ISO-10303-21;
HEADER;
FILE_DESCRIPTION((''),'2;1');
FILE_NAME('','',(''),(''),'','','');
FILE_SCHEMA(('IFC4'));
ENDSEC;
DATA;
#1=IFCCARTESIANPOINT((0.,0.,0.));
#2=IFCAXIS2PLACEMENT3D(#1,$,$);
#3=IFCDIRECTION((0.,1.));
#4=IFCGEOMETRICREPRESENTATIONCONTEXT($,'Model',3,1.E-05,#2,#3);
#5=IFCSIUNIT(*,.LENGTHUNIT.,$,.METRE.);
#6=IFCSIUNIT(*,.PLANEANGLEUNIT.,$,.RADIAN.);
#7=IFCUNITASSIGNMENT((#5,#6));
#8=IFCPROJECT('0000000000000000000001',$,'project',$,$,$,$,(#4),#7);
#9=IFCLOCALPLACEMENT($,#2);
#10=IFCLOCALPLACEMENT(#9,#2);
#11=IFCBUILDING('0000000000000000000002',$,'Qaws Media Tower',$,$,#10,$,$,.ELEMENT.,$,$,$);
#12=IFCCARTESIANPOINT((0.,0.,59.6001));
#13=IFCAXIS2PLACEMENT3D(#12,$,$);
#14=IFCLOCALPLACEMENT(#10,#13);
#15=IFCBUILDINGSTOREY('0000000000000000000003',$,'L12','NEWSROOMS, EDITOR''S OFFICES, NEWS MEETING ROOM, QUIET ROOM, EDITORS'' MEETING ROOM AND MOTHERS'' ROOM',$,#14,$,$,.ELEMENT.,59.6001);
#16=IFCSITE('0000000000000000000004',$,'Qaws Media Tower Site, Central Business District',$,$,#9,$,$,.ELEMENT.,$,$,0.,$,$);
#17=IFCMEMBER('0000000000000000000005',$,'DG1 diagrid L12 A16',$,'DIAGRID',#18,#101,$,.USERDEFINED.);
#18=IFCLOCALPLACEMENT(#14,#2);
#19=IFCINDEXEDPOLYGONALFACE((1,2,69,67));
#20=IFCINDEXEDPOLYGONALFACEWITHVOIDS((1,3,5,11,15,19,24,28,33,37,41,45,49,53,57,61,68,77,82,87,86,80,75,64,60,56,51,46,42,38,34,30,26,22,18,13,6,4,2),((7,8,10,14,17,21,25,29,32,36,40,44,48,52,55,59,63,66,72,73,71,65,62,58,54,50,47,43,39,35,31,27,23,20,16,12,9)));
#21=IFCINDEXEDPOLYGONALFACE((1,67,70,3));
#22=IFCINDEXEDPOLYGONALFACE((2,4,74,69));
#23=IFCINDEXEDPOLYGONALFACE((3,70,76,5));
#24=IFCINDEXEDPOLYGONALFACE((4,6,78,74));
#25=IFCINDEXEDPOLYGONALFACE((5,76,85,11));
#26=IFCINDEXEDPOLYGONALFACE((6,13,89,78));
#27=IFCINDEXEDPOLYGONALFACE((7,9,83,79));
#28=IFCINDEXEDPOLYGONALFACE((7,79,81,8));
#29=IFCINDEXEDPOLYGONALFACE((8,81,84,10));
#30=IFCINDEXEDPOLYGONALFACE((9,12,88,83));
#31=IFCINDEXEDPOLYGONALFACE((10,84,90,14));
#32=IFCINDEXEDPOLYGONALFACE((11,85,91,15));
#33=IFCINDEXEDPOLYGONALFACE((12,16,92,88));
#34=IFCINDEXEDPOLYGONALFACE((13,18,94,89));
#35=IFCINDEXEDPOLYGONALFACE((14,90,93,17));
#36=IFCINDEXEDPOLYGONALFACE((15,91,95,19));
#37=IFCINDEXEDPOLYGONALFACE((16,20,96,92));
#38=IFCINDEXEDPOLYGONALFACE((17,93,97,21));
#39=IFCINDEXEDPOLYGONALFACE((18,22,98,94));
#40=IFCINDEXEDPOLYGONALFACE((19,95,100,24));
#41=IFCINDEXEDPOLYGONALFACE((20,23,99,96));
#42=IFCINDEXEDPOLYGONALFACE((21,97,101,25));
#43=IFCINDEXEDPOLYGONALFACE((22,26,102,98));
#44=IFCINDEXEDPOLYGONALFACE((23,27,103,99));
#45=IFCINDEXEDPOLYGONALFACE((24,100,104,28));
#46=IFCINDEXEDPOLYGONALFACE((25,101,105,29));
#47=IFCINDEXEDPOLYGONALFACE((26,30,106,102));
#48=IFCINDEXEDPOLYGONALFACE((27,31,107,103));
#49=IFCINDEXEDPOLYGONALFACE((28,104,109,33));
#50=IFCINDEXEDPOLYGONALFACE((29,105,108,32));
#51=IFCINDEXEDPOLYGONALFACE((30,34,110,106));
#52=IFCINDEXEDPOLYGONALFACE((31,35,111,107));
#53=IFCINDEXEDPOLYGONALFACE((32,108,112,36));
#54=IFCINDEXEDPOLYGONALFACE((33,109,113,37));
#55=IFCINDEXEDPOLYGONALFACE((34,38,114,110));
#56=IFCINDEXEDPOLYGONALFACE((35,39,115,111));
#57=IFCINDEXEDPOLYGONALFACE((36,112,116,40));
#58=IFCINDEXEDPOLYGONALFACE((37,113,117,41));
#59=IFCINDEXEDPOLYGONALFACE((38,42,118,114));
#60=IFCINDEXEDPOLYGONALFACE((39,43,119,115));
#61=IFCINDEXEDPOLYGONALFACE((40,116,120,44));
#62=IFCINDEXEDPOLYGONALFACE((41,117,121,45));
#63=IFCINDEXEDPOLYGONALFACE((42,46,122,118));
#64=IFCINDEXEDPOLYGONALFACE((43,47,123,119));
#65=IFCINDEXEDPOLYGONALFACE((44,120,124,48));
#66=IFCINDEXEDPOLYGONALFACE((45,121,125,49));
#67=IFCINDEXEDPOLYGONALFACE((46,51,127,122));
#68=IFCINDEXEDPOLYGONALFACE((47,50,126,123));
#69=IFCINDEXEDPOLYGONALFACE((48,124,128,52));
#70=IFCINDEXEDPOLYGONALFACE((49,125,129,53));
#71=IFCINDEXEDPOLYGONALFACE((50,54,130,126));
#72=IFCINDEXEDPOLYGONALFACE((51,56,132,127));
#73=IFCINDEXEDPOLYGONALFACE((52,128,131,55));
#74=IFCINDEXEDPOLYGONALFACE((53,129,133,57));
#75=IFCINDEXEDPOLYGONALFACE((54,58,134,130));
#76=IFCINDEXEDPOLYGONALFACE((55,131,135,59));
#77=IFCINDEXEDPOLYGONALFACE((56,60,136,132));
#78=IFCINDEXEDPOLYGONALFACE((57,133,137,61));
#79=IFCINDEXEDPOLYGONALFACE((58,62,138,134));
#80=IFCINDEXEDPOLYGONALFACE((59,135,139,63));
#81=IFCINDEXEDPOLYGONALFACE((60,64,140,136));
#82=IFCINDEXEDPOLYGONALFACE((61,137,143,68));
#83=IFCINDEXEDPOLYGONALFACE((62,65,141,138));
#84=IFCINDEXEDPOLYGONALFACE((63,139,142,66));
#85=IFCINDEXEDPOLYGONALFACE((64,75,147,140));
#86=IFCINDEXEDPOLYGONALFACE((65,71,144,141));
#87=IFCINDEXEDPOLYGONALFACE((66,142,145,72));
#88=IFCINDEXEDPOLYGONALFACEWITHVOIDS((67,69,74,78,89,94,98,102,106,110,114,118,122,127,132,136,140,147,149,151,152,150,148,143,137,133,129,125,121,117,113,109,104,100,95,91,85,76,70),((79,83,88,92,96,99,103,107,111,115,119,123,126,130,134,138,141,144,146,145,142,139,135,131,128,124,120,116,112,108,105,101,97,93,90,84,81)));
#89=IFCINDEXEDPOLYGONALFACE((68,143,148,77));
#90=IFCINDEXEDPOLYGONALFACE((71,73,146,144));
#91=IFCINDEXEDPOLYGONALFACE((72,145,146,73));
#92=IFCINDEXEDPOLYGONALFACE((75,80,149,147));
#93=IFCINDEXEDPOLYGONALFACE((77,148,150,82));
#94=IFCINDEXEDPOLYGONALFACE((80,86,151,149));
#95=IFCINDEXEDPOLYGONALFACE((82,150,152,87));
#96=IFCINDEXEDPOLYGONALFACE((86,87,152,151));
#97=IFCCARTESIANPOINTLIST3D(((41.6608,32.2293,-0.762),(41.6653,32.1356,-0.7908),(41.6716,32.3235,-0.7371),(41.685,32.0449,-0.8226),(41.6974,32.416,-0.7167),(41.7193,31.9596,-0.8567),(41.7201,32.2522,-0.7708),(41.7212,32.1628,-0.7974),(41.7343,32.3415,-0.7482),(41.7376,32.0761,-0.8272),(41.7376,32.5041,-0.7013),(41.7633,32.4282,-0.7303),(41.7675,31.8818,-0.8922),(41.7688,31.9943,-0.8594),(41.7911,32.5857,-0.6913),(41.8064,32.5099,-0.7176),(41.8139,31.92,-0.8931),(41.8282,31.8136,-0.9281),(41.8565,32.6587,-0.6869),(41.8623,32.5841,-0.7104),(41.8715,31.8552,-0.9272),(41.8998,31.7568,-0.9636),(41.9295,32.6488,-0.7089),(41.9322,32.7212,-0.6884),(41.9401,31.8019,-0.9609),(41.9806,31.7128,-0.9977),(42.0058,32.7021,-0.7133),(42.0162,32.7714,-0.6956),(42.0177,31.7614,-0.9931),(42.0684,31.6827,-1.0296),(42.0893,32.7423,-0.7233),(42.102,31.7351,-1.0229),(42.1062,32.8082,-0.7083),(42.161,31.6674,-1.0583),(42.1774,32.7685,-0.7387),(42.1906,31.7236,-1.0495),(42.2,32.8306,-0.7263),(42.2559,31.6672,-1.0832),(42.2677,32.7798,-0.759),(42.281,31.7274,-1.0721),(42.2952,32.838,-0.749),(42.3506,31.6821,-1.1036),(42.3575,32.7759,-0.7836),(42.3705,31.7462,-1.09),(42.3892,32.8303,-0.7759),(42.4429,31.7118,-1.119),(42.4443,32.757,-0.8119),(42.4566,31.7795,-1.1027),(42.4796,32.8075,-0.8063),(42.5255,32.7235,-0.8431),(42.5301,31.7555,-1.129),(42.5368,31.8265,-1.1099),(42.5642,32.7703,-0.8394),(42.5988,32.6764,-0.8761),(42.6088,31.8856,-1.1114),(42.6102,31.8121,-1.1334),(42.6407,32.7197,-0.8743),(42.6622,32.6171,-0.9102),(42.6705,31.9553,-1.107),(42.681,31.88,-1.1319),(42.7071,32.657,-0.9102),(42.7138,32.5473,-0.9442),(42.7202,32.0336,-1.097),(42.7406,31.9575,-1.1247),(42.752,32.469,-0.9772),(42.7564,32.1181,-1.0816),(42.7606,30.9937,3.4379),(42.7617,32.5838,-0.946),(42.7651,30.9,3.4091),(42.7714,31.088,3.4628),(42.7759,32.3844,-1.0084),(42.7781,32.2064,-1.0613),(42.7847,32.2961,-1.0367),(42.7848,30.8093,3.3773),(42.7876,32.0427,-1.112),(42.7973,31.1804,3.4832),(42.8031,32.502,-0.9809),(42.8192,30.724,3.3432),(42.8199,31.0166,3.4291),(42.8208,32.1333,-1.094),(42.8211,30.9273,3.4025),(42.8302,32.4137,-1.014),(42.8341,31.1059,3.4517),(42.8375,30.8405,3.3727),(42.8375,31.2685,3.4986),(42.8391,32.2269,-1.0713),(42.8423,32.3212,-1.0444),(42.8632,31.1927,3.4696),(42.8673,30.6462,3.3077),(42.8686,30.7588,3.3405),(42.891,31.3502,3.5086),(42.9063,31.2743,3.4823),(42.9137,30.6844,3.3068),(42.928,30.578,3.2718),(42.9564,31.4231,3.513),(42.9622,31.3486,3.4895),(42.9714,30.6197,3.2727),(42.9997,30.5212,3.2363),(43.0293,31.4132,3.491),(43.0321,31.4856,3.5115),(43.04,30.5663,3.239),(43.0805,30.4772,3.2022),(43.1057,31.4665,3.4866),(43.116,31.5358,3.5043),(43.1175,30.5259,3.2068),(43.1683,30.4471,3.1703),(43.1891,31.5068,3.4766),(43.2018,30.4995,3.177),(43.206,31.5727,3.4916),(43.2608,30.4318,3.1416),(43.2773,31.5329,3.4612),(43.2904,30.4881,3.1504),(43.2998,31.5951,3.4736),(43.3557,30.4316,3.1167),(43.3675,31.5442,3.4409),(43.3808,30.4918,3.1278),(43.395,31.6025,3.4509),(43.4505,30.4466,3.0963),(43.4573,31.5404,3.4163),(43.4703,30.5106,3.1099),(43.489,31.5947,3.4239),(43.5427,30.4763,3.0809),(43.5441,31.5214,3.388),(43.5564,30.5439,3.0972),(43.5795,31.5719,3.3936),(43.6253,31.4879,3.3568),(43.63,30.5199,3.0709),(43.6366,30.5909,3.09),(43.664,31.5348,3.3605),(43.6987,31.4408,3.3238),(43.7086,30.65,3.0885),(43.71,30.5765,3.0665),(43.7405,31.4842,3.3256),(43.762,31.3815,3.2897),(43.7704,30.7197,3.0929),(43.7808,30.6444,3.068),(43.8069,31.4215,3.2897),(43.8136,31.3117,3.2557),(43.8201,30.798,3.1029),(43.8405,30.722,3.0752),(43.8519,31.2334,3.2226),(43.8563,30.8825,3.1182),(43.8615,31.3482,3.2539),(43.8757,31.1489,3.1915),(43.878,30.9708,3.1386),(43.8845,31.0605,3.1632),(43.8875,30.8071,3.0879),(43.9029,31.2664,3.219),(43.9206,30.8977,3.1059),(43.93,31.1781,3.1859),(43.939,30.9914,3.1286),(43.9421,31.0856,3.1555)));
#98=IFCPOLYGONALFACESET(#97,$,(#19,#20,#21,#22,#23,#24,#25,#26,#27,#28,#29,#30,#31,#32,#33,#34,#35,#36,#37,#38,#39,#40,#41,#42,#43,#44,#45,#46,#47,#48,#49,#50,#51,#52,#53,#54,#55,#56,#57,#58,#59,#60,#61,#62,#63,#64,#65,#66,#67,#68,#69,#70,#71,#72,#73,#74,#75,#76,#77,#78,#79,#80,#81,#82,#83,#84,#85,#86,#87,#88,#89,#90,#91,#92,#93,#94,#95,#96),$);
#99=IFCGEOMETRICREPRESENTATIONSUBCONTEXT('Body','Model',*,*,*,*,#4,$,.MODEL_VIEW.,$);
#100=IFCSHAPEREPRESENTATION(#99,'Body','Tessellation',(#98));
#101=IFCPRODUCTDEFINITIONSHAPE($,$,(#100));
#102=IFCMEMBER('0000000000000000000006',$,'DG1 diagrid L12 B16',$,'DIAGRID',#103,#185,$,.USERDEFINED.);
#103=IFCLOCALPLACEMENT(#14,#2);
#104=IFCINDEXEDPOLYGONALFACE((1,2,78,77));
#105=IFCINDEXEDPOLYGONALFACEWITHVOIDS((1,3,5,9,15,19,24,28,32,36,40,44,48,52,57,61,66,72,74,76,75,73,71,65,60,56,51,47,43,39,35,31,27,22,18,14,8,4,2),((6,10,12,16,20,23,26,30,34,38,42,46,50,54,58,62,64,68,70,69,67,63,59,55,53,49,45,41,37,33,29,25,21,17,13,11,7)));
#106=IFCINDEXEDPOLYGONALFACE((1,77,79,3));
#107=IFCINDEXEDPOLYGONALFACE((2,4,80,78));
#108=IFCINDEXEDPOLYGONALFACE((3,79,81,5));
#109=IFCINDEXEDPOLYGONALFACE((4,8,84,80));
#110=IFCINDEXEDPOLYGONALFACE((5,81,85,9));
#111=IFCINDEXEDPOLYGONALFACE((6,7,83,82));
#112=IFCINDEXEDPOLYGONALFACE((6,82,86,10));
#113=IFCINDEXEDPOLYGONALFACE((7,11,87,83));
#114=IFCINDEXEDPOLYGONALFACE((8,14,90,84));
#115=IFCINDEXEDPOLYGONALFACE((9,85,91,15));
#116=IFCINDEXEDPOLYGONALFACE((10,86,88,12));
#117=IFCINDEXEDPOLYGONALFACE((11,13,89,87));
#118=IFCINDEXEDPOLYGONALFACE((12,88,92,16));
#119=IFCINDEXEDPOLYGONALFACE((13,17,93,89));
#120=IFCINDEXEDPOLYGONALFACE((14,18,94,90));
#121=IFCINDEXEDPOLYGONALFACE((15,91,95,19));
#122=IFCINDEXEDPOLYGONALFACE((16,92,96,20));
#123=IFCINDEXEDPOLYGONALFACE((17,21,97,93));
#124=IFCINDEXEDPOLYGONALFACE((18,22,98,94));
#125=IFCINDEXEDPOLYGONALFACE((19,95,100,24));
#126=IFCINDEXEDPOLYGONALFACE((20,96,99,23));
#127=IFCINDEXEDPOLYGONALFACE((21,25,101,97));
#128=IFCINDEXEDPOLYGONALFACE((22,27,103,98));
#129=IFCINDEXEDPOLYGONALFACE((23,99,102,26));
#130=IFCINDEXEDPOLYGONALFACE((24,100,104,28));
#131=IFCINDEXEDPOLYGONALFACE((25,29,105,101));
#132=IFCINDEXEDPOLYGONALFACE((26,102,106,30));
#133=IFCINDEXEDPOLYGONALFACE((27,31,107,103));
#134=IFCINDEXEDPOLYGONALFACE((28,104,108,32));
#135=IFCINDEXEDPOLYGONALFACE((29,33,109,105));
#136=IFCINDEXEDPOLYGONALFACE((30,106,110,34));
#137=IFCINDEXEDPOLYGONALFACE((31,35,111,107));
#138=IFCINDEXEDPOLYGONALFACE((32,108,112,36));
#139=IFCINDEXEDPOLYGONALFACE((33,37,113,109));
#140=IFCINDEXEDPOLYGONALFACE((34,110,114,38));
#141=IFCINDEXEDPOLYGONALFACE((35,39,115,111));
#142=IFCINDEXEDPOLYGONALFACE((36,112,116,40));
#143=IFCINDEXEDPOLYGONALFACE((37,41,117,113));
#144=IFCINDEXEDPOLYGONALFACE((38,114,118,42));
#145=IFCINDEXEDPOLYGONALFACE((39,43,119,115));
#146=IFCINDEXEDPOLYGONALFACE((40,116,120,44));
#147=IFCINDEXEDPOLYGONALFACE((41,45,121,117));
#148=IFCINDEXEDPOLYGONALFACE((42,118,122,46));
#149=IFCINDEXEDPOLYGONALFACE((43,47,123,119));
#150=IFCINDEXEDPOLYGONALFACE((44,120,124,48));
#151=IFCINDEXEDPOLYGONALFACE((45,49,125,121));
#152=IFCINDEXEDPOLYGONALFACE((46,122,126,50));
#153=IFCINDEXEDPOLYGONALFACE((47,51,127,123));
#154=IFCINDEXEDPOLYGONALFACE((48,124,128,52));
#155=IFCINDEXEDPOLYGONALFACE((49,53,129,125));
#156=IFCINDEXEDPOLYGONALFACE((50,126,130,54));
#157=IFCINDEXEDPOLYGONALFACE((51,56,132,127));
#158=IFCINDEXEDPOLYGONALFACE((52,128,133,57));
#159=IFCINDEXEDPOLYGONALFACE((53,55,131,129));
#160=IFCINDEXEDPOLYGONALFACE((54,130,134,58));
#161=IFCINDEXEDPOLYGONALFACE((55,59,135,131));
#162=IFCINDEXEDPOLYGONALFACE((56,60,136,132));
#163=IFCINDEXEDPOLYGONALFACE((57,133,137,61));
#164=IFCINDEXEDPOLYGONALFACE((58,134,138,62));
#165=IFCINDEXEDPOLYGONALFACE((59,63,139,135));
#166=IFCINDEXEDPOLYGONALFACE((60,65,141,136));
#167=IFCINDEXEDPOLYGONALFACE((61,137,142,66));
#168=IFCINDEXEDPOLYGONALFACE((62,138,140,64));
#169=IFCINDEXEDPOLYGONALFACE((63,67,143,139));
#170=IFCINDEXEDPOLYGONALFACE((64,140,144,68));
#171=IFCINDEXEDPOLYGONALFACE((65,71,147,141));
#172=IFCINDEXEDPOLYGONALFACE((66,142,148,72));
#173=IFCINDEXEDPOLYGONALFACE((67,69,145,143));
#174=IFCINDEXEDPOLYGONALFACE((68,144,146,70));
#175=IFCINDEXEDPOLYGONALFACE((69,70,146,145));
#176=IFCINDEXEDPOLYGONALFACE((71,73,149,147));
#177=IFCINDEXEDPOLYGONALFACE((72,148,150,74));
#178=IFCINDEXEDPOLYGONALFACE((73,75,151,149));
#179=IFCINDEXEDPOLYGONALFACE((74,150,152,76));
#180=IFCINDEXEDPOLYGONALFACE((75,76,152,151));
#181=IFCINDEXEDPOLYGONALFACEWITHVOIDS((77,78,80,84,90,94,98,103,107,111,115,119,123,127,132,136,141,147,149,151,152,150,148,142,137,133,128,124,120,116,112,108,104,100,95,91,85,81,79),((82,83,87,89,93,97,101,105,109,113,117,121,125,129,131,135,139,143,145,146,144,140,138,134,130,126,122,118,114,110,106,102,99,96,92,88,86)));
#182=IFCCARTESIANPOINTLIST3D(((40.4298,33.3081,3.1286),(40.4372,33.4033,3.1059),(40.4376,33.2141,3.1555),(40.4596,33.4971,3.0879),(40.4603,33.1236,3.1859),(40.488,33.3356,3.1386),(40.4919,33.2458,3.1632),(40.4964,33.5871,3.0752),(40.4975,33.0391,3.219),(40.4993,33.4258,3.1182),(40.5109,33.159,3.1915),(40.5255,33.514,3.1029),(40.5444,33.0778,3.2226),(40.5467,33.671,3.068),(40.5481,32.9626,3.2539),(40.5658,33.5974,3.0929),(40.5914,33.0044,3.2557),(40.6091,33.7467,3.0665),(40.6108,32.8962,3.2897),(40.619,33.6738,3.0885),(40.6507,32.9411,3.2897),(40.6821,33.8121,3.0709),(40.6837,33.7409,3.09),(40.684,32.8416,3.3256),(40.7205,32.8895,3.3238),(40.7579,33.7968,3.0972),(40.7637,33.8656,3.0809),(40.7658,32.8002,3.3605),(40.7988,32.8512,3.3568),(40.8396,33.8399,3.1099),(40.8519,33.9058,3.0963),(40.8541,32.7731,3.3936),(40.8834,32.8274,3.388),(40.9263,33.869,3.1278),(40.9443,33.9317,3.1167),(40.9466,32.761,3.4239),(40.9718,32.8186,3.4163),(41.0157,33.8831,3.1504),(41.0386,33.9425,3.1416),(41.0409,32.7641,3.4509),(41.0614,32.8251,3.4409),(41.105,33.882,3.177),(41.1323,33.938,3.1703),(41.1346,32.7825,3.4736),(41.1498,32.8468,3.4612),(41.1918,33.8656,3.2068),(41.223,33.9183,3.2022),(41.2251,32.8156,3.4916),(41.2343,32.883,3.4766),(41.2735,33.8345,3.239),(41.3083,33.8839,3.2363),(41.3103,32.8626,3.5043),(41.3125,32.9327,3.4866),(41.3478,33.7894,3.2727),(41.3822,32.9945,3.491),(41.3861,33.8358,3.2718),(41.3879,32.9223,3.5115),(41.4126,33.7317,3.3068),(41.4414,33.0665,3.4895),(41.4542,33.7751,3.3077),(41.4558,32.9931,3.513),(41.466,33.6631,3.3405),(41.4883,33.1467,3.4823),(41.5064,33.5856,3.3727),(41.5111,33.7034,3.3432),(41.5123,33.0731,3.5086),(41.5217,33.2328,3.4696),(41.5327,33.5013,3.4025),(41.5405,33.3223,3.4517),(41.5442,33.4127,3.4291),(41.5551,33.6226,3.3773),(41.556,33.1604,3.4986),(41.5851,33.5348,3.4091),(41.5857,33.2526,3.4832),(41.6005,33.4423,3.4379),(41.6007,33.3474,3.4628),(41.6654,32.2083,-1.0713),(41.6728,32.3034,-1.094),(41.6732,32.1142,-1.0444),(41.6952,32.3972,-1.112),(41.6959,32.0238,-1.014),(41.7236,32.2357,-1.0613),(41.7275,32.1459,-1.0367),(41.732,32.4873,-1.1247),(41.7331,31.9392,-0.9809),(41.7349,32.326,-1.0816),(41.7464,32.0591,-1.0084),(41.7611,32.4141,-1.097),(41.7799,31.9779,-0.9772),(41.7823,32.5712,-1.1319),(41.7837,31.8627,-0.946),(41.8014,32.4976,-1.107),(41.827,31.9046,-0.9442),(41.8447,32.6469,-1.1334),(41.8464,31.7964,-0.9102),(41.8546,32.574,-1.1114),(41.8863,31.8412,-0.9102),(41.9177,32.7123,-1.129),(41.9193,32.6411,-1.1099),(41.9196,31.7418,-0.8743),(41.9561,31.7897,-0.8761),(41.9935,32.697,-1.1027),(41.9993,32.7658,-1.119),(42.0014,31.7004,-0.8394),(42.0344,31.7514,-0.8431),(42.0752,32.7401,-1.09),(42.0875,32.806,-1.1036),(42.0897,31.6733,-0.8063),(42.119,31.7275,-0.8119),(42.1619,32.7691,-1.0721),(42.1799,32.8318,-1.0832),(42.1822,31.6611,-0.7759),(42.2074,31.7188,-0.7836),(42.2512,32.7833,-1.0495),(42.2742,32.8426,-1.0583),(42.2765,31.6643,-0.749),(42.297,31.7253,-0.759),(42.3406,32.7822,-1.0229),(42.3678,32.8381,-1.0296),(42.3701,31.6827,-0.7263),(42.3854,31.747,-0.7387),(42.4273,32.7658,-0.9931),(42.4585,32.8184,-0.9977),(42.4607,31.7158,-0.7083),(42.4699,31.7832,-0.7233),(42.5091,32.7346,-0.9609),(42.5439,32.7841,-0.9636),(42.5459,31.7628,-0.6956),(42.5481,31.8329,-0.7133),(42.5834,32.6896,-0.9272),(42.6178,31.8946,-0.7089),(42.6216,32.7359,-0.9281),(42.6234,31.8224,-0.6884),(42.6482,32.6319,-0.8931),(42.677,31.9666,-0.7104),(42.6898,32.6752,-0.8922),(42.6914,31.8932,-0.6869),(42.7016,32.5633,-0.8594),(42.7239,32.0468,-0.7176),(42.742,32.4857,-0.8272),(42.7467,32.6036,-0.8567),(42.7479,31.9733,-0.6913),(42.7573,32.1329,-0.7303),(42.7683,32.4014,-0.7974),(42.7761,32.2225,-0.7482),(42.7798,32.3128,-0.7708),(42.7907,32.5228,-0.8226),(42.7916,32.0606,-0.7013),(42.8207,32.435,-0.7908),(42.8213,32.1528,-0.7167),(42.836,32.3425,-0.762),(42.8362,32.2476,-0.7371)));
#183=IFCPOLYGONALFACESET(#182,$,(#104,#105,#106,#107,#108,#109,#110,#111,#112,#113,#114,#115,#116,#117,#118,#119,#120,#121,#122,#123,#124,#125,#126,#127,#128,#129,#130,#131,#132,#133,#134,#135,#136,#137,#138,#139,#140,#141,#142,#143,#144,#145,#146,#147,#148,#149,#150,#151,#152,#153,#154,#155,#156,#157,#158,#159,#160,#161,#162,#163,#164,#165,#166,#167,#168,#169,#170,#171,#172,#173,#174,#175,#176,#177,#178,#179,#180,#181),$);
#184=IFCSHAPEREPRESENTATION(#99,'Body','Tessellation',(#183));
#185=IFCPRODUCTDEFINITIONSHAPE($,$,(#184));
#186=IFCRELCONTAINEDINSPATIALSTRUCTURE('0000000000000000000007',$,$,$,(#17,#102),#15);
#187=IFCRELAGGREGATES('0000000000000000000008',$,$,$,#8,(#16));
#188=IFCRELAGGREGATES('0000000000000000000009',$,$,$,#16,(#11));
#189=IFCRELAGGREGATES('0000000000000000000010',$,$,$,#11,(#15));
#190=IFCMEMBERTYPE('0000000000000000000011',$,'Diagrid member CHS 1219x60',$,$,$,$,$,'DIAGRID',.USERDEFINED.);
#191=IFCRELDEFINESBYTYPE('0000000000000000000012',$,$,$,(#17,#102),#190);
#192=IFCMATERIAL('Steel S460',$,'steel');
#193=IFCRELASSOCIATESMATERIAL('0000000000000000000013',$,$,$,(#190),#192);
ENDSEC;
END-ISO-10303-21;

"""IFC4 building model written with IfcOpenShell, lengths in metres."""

from ifc_helpers import new_model, si_unit, direction, frame, origin, origin_2d, place, context, subcontext, project, spatial, hollow_circle, extrude, material, material_profile, profile_set, type_object, element, save


model = new_model("IFC4")

# Units and contexts
model_context = context("Model", 3, precision=1e-05, world=origin(), true_north=direction((0.0, 1.0)))
body_context = subcontext(model_context, "Body", "Model", "MODEL_VIEW")
ifc_project = project(units=[si_unit("LENGTHUNIT", "METRE"), si_unit("PLANEANGLEUNIT", "RADIAN")], contexts=[model_context])

# Site, building, storey
site_placement = place(None, origin())
site = spatial("IfcSite", under=ifc_project, at=site_placement, Name="Qaws Media Tower Site, Central Business District", CompositionType="ELEMENT", RefElevation=0.0)
building_placement = place(site_placement, origin())
building = spatial("IfcBuilding", under=site, at=building_placement, Name="Qaws Media Tower", CompositionType="ELEMENT")
storey_placement = place(building_placement, frame((0.0, 0.0, 59.6001)))
storey = spatial("IfcBuildingStorey", under=building, at=storey_placement, Name="L12", Description="NEWSROOMS, EDITOR'S OFFICES, NEWS MEETING ROOM, QUIET ROOM, EDITORS' MEETING ROOM AND MOTHERS' ROOM", CompositionType="ELEMENT", Elevation=59.6001)

# Members
ifc_material_1 = material(Name="Steel S460", Category="steel")
ifc_material_profile_1 = material_profile(ifc_material_1, hollow_circle(Radius=0.6096, WallThickness=0.0601, at=origin_2d()), Name="CHS 1219x60")
ifc_profile_set_1 = profile_set([ifc_material_profile_1], Name="Steel S460")
member_type_1 = type_object("IfcMemberType", Name="Diagrid member CHS 1219x60", ElementType="DIAGRID", PredefinedType="USERDEFINED", material=ifc_profile_set_1)
for number, where, z_axis, x_axis, name in (
    (1, (42.2517, 32.2517, -0.9102), (0.243655, -0.273727, 0.930433), (0.746945, 0.664886, 0.0), "DG1 diagrid L12 A16"),
    (2, (42.2517, 32.2517, -0.9102), (-0.273727, 0.243655, 0.930433), (-0.664886, -0.746945, 0.0), "DG1 diagrid L12 B16"),
):
    element("IfcMember", number, at=place(storey_placement, frame(where, z_axis=z_axis, x_axis=x_axis)), inside=storey, type_object=member_type_1, Name=name, ObjectType="DIAGRID", PredefinedType="USERDEFINED", context=body_context, shape_type="SweptSolid", body=[
        extrude(hollow_circle(Radius=0.6096, WallThickness=0.0601, at=origin_2d()), origin(), (0.0, 0.0, 1.0), 4.5139),
    ])

save(model, "model.ifc")
